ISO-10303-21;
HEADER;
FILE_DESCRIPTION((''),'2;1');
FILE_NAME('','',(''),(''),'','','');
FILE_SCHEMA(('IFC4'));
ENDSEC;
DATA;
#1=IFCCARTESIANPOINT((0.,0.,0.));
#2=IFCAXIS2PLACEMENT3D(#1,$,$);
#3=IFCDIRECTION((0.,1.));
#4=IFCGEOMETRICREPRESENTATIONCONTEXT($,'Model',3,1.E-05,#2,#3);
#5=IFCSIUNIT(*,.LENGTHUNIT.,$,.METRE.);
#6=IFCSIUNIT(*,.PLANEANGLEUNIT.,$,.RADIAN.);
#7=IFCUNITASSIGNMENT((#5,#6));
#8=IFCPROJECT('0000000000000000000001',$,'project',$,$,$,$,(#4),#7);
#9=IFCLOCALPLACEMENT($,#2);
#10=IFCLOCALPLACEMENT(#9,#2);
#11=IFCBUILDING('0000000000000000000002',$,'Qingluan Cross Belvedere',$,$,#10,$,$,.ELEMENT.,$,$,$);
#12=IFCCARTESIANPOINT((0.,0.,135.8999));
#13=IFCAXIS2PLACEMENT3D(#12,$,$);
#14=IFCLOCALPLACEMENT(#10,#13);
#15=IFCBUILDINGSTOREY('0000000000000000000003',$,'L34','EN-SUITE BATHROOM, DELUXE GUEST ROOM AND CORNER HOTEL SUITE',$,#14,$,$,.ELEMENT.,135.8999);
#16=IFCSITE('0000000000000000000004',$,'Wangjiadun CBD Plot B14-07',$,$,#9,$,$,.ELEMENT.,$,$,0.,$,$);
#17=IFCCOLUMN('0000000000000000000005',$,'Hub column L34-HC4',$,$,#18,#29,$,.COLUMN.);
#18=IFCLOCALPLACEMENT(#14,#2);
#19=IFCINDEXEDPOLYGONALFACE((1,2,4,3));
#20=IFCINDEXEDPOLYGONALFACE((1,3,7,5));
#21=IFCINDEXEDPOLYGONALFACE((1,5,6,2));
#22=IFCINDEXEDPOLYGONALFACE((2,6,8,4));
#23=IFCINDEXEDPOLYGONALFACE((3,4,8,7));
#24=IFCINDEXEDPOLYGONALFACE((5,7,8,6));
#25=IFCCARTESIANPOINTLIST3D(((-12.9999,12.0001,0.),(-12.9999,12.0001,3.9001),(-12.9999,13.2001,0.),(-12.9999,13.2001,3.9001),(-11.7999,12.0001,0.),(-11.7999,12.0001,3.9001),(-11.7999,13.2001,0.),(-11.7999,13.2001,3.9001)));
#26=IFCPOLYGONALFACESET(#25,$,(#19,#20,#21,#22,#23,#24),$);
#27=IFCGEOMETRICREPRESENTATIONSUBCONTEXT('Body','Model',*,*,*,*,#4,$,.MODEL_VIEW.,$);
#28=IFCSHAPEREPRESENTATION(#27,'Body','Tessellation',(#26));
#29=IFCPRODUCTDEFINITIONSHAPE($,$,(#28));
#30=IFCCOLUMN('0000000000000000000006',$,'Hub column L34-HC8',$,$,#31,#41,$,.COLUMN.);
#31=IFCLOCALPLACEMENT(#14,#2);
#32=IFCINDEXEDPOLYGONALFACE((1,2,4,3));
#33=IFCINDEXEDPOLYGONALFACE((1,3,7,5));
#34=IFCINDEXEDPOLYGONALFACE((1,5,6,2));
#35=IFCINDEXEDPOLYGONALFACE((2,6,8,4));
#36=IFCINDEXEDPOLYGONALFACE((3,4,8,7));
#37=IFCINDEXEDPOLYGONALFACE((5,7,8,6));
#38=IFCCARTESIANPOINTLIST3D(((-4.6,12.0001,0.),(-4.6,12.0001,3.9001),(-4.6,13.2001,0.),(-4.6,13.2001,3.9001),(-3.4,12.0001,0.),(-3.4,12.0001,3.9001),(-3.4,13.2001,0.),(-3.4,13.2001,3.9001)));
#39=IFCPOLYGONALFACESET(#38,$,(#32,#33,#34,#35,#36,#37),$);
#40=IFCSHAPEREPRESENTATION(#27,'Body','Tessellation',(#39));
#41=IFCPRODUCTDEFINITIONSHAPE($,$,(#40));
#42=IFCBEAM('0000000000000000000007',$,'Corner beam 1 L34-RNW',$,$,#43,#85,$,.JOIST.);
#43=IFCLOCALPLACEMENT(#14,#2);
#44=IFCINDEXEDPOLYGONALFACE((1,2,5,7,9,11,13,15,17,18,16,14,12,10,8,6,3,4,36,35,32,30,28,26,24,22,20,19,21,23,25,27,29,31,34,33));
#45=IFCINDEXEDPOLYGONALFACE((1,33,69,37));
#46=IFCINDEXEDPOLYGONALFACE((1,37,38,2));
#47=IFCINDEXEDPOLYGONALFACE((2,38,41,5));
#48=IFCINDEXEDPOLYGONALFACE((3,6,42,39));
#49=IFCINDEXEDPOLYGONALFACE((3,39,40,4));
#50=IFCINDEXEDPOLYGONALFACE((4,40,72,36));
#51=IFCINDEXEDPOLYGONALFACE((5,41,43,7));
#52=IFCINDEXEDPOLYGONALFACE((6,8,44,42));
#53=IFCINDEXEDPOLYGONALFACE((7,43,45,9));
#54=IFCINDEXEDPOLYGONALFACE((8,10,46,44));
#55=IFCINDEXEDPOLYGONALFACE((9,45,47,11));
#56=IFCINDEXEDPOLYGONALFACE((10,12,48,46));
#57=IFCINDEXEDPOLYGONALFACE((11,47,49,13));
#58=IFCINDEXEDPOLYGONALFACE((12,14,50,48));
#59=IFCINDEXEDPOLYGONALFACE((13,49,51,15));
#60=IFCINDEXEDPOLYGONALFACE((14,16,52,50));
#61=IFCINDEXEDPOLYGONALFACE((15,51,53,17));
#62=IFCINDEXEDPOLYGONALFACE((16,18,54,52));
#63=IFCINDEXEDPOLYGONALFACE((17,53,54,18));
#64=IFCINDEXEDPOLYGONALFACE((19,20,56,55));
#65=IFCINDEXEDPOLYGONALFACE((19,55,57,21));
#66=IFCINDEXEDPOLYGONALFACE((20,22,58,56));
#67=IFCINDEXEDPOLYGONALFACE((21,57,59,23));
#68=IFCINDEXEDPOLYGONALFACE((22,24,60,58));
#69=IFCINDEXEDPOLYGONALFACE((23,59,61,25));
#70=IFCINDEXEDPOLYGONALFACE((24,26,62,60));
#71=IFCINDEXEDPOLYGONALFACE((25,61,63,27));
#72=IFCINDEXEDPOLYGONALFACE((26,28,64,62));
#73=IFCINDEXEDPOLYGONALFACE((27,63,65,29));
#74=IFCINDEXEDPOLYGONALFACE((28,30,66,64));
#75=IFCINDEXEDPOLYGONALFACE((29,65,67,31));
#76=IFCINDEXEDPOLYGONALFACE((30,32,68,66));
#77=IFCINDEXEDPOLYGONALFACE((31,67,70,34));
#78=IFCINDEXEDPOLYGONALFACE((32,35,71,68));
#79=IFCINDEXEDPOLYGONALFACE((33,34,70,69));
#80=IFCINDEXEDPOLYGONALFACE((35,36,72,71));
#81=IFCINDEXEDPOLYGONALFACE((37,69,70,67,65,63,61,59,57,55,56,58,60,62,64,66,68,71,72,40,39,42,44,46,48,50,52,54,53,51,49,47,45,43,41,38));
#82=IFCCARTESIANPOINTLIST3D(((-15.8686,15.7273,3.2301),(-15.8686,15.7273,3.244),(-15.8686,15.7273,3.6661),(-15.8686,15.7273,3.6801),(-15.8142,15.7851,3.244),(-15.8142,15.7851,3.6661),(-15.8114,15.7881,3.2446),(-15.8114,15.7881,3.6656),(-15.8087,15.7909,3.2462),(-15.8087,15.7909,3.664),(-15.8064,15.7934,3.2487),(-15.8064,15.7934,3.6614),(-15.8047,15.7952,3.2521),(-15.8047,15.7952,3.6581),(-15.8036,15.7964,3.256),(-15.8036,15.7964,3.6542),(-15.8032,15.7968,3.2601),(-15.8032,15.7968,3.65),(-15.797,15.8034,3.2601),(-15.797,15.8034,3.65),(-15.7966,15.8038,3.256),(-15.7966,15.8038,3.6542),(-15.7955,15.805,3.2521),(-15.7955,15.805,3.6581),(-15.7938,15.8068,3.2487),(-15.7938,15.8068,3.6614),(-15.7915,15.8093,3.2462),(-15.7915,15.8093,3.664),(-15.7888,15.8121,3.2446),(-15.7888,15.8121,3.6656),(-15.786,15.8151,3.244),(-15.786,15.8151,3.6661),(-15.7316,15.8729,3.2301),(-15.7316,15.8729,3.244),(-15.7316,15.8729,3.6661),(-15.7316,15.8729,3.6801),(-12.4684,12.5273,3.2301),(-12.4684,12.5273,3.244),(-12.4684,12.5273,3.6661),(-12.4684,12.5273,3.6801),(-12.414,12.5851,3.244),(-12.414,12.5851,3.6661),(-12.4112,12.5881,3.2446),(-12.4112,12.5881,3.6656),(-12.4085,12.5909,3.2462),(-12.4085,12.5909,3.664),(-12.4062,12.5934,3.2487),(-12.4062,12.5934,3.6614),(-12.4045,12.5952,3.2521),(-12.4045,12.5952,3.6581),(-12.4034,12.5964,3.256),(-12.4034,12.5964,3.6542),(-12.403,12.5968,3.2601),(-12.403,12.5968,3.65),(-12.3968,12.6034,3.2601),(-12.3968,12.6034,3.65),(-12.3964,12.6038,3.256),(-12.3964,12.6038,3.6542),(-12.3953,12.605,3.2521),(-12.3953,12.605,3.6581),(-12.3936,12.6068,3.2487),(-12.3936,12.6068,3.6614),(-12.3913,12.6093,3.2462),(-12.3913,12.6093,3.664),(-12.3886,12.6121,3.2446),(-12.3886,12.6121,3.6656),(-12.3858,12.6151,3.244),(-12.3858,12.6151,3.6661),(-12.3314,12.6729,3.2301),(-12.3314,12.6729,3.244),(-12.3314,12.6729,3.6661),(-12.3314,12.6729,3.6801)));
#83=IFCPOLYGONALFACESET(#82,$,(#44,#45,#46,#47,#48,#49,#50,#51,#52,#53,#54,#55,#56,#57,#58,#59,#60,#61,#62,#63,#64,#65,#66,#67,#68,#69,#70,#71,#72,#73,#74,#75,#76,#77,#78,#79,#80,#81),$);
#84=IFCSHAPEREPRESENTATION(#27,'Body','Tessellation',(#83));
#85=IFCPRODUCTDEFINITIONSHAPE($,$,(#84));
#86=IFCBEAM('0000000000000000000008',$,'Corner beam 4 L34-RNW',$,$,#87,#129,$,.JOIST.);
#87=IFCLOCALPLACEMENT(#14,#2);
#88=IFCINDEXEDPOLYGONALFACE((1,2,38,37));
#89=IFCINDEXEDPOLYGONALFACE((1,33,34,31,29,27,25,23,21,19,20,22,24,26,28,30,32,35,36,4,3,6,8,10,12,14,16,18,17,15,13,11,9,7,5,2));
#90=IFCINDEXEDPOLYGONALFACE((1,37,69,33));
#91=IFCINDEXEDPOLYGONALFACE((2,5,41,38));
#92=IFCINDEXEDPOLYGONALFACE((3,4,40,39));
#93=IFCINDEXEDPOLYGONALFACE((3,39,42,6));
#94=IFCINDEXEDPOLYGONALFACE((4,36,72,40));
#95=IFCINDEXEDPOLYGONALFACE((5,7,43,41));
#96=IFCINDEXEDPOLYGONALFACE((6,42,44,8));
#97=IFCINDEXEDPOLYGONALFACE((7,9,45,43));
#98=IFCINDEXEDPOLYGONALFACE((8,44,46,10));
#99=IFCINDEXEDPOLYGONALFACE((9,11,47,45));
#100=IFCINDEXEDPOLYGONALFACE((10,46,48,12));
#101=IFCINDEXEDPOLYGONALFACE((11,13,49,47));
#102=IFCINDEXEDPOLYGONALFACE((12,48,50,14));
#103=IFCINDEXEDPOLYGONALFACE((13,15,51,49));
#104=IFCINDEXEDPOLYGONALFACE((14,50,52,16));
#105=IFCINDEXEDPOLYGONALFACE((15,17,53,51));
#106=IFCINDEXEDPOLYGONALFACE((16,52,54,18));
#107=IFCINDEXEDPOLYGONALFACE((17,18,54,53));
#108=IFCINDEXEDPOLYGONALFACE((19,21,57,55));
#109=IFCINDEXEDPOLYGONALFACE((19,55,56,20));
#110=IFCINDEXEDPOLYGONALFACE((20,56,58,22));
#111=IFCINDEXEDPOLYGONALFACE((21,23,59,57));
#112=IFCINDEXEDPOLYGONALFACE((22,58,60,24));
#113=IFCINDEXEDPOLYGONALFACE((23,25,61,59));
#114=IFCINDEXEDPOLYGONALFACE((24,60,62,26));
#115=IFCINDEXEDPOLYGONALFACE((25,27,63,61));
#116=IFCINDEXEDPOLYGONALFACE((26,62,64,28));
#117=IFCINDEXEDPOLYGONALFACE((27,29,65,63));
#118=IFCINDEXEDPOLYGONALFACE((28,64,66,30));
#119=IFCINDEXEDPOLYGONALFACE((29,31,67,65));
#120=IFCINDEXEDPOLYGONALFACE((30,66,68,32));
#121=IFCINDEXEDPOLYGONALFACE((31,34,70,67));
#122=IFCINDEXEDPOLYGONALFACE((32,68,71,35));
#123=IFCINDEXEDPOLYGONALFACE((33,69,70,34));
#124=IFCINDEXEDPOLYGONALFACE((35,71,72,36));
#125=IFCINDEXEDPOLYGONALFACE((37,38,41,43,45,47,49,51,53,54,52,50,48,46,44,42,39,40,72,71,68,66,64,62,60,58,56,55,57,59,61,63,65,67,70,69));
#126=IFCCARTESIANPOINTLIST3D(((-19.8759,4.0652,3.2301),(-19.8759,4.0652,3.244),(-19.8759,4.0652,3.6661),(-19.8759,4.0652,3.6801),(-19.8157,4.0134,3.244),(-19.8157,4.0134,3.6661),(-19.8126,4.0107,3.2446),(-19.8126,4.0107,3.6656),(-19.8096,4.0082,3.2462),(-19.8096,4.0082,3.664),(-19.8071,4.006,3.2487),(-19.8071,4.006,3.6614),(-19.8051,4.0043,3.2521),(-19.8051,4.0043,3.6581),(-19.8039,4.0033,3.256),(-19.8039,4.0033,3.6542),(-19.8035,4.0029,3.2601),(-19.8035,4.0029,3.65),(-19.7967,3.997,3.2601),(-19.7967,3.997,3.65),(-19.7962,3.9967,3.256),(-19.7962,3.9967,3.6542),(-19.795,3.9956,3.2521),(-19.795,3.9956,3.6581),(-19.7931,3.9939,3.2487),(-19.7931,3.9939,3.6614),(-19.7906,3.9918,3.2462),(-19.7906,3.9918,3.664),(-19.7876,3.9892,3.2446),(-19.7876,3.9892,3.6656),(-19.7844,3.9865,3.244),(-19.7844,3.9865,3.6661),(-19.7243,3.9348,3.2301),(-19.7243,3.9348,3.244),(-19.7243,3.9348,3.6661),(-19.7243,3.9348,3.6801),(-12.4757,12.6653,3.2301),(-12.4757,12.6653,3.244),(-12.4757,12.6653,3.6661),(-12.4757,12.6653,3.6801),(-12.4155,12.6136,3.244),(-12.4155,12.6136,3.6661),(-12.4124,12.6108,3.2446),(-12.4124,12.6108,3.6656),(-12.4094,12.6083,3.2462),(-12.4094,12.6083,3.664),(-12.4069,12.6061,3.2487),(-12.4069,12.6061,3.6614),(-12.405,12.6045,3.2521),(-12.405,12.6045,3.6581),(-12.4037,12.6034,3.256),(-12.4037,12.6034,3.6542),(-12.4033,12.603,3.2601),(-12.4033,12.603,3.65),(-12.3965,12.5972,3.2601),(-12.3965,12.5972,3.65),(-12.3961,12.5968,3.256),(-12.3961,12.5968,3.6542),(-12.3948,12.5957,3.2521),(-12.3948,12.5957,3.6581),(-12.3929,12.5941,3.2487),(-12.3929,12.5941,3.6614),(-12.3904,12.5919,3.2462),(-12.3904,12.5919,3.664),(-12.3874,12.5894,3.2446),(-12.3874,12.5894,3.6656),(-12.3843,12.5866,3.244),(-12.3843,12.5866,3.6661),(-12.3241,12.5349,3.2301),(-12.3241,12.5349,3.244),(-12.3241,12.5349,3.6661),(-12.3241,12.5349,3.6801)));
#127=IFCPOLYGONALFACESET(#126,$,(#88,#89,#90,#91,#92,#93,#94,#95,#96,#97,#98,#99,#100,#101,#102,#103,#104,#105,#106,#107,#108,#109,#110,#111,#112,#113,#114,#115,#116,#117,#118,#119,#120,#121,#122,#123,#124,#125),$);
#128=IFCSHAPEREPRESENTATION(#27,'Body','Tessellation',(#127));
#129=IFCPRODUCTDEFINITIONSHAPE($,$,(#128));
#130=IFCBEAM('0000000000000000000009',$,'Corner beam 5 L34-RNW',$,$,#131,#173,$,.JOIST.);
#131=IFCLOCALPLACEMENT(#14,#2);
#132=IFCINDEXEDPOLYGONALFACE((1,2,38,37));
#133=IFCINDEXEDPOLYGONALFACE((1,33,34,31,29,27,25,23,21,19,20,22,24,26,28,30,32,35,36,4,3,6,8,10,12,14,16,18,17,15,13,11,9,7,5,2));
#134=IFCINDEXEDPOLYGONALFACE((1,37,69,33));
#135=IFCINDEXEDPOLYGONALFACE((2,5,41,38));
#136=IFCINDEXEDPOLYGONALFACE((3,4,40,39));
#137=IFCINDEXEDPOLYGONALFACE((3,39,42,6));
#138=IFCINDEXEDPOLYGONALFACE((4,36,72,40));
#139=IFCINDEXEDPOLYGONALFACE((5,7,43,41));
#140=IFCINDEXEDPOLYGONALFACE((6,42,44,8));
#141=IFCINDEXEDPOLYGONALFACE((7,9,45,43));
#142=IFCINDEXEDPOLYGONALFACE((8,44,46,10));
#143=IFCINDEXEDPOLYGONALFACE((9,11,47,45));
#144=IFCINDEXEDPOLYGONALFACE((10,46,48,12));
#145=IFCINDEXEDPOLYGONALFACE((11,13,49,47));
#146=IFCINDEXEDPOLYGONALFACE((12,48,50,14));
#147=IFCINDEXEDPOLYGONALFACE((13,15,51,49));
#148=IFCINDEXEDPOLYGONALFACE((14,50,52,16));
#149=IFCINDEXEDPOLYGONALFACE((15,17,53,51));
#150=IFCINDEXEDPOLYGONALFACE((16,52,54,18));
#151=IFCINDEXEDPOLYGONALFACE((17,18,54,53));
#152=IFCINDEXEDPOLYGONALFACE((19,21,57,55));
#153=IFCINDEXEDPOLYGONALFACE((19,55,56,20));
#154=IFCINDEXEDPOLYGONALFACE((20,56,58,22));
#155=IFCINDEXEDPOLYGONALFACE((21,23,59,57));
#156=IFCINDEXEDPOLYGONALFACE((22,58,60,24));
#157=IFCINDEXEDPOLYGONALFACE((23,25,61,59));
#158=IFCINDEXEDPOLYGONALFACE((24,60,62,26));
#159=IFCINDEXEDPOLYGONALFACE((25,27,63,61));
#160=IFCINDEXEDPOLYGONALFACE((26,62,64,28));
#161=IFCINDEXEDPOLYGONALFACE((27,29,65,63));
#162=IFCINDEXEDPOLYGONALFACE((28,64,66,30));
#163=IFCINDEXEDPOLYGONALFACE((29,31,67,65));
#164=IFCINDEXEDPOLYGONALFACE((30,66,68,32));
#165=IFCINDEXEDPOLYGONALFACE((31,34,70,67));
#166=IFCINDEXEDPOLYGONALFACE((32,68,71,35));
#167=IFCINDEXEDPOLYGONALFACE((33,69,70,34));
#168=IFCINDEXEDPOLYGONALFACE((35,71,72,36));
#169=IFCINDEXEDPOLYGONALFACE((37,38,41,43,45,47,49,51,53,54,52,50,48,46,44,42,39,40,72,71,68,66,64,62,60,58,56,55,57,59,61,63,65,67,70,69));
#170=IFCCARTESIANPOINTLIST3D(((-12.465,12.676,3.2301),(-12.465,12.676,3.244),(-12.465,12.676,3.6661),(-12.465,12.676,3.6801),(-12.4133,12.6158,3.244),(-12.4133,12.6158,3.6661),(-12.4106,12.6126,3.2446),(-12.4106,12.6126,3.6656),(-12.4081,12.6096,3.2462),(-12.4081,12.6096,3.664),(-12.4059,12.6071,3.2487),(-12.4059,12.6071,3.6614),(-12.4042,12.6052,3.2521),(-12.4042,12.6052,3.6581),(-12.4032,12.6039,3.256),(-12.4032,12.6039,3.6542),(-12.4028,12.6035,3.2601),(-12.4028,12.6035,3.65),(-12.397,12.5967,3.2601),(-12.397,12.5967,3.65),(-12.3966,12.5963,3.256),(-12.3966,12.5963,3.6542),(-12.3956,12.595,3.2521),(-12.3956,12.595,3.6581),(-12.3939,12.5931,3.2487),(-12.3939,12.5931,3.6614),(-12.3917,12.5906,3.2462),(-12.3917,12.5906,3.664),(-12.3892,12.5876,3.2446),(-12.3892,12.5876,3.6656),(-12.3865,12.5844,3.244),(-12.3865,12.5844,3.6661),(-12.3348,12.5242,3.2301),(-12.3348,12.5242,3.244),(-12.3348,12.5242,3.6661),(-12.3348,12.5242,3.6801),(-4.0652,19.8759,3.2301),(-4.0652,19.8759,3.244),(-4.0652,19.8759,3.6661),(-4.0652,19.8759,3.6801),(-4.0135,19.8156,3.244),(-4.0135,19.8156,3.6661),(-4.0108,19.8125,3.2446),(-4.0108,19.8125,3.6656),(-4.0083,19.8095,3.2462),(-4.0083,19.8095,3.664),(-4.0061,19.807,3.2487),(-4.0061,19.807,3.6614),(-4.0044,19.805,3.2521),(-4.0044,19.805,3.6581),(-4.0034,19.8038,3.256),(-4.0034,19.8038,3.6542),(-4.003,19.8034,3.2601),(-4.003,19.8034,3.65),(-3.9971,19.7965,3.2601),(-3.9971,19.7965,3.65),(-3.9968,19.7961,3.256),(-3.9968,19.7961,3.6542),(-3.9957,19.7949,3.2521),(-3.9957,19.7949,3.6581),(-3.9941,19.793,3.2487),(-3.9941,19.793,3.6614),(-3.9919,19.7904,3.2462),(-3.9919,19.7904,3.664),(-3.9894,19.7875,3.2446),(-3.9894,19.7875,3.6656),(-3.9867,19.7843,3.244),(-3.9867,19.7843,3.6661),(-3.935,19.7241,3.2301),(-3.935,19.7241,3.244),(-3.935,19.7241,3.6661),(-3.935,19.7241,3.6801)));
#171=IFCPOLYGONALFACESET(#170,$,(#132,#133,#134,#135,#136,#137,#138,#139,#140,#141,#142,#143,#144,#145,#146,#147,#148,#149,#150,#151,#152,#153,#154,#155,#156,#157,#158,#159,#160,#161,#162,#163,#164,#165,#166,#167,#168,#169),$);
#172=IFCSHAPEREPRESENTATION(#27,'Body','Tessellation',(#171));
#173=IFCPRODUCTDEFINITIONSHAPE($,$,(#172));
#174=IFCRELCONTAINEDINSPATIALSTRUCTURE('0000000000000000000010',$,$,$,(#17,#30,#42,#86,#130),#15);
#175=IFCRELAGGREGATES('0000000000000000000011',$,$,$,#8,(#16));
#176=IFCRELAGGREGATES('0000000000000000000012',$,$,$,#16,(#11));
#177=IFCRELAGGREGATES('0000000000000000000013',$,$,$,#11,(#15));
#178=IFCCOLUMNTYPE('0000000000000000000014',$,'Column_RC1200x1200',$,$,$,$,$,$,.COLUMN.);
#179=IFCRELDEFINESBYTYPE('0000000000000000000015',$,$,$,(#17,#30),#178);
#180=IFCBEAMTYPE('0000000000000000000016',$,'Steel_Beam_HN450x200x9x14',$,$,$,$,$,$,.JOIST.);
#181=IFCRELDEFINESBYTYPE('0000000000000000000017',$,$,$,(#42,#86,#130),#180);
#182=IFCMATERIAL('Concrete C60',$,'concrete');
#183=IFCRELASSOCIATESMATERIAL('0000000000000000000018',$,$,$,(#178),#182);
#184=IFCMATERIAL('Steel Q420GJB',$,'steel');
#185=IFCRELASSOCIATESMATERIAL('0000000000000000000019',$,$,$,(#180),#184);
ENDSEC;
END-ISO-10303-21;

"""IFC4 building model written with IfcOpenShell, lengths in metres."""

from ifc_helpers import new_model, si_unit, direction, frame, origin, origin_2d, place, context, subcontext, project, spatial, rectangle, i_section, extrude, material, material_profile, profile_set, type_object, element, save


model = new_model("IFC4")

# Units and contexts
model_context = context("Model", 3, precision=1e-05, world=origin(), true_north=direction((0.0, 1.0)))
body_context = subcontext(model_context, "Body", "Model", "MODEL_VIEW")
ifc_project = project(units=[si_unit("LENGTHUNIT", "METRE"), si_unit("PLANEANGLEUNIT", "RADIAN")], contexts=[model_context])

# Site, building, storey
site_placement = place(None, origin())
site = spatial("IfcSite", under=ifc_project, at=site_placement, Name="Wangjiadun CBD Plot B14-07", CompositionType="ELEMENT", RefElevation=0.0)
building_placement = place(site_placement, origin())
building = spatial("IfcBuilding", under=site, at=building_placement, Name="Qingluan Cross Belvedere", CompositionType="ELEMENT")
storey_placement = place(building_placement, frame((0.0, 0.0, 135.8999)))
storey = spatial("IfcBuildingStorey", under=building, at=storey_placement, Name="L34", Description="EN-SUITE BATHROOM, DELUXE GUEST ROOM AND CORNER HOTEL SUITE", CompositionType="ELEMENT", Elevation=135.8999)

# Columns
ifc_material_1 = material(Name="Concrete C60", Category="concrete")
ifc_material_profile_1 = material_profile(ifc_material_1, rectangle(XDim=1.2, YDim=1.2, at=origin_2d()), Name="RC1200x1200")
ifc_profile_set_1 = profile_set([ifc_material_profile_1], Name="Concrete C60")
column_type = type_object("IfcColumnType", Name="Column_RC1200x1200", PredefinedType="COLUMN", material=ifc_profile_set_1)
for number, where, z_axis, x_axis, name in (
    (1, (-12.3999, 12.6001, 0.0), (0.0, 0.0, 1.0), (1.0, 0.0, 0.0), "Hub column L34-HC4"),
    (2, (-4.0, 12.6001, 0.0), (0.0, 0.0, 1.0), (1.0, 0.0, 0.0), "Hub column L34-HC8"),
):
    element("IfcColumn", number, at=place(storey_placement, frame(where, z_axis=z_axis, x_axis=x_axis)), inside=storey, type_object=column_type, Name=name, PredefinedType="COLUMN", context=body_context, shape_type="SweptSolid", body=[
        extrude(rectangle(XDim=1.2, YDim=1.2, at=origin_2d()), origin(), (0.0, 0.0, 1.0), 3.9001),
    ])

# Beams
ifc_material_2 = material(Name="Steel Q420GJB", Category="steel")
ifc_material_profile_2 = material_profile(ifc_material_2, i_section(OverallWidth=0.2, OverallDepth=0.45, WebThickness=0.009, FlangeThickness=0.0139, FilletRadius=0.0161, at=origin_2d()), Name="HN450x200x9x14")
ifc_profile_set_2 = profile_set([ifc_material_profile_2], Name="Steel Q420GJB")
beam_type_1 = type_object("IfcBeamType", Name="Steel_Beam_HN450x200x9x14", PredefinedType="JOIST", material=ifc_profile_set_2)
beam_1_placement = place(storey_placement, frame((-12.3999, 12.6001, 3.4551), z_axis=(-0.72822, 0.685343, 0.0), x_axis=(-0.685343, -0.72822, 0.0)))
element("IfcBeam", 3, at=beam_1_placement, inside=storey, type_object=beam_type_1, Name="Corner beam 1 L34-RNW", PredefinedType="JOIST", context=body_context, shape_type="SweptSolid", body=[
    extrude(i_section(OverallWidth=0.2, OverallDepth=0.45, WebThickness=0.009, FlangeThickness=0.0139, FilletRadius=0.0161, at=origin_2d()), origin(), (0.0, 0.0, 1.0), 4.6692),
])
beam_2_placement = place(storey_placement, frame((-12.3999, 12.6001, 3.4551), z_axis=(-0.652245, -0.758008, 0.0), x_axis=(0.758008, -0.652245, 0.0)))
element("IfcBeam", 4, at=beam_2_placement, inside=storey, type_object=beam_type_1, Name="Corner beam 4 L34-RNW", PredefinedType="JOIST", context=body_context, shape_type="SweptSolid", body=[
    extrude(i_section(OverallWidth=0.2, OverallDepth=0.45, WebThickness=0.009, FlangeThickness=0.0139, FilletRadius=0.0161, at=origin_2d()), origin(), (0.0, 0.0, 1.0), 11.3457),
])
beam_3_placement = place(storey_placement, frame((-12.3999, 12.6001, 3.4551), z_axis=(0.759255, 0.650793, 0.0), x_axis=(-0.650793, 0.759255, 0.0)))
element("IfcBeam", 5, at=beam_3_placement, inside=storey, type_object=beam_type_1, Name="Corner beam 5 L34-RNW", PredefinedType="JOIST", context=body_context, shape_type="SweptSolid", body=[
    extrude(i_section(OverallWidth=0.2, OverallDepth=0.45, WebThickness=0.009, FlangeThickness=0.0139, FilletRadius=0.0161, at=origin_2d()), origin(), (0.0, 0.0, 1.0), 11.0632),
])

save(model, "model.ifc")
